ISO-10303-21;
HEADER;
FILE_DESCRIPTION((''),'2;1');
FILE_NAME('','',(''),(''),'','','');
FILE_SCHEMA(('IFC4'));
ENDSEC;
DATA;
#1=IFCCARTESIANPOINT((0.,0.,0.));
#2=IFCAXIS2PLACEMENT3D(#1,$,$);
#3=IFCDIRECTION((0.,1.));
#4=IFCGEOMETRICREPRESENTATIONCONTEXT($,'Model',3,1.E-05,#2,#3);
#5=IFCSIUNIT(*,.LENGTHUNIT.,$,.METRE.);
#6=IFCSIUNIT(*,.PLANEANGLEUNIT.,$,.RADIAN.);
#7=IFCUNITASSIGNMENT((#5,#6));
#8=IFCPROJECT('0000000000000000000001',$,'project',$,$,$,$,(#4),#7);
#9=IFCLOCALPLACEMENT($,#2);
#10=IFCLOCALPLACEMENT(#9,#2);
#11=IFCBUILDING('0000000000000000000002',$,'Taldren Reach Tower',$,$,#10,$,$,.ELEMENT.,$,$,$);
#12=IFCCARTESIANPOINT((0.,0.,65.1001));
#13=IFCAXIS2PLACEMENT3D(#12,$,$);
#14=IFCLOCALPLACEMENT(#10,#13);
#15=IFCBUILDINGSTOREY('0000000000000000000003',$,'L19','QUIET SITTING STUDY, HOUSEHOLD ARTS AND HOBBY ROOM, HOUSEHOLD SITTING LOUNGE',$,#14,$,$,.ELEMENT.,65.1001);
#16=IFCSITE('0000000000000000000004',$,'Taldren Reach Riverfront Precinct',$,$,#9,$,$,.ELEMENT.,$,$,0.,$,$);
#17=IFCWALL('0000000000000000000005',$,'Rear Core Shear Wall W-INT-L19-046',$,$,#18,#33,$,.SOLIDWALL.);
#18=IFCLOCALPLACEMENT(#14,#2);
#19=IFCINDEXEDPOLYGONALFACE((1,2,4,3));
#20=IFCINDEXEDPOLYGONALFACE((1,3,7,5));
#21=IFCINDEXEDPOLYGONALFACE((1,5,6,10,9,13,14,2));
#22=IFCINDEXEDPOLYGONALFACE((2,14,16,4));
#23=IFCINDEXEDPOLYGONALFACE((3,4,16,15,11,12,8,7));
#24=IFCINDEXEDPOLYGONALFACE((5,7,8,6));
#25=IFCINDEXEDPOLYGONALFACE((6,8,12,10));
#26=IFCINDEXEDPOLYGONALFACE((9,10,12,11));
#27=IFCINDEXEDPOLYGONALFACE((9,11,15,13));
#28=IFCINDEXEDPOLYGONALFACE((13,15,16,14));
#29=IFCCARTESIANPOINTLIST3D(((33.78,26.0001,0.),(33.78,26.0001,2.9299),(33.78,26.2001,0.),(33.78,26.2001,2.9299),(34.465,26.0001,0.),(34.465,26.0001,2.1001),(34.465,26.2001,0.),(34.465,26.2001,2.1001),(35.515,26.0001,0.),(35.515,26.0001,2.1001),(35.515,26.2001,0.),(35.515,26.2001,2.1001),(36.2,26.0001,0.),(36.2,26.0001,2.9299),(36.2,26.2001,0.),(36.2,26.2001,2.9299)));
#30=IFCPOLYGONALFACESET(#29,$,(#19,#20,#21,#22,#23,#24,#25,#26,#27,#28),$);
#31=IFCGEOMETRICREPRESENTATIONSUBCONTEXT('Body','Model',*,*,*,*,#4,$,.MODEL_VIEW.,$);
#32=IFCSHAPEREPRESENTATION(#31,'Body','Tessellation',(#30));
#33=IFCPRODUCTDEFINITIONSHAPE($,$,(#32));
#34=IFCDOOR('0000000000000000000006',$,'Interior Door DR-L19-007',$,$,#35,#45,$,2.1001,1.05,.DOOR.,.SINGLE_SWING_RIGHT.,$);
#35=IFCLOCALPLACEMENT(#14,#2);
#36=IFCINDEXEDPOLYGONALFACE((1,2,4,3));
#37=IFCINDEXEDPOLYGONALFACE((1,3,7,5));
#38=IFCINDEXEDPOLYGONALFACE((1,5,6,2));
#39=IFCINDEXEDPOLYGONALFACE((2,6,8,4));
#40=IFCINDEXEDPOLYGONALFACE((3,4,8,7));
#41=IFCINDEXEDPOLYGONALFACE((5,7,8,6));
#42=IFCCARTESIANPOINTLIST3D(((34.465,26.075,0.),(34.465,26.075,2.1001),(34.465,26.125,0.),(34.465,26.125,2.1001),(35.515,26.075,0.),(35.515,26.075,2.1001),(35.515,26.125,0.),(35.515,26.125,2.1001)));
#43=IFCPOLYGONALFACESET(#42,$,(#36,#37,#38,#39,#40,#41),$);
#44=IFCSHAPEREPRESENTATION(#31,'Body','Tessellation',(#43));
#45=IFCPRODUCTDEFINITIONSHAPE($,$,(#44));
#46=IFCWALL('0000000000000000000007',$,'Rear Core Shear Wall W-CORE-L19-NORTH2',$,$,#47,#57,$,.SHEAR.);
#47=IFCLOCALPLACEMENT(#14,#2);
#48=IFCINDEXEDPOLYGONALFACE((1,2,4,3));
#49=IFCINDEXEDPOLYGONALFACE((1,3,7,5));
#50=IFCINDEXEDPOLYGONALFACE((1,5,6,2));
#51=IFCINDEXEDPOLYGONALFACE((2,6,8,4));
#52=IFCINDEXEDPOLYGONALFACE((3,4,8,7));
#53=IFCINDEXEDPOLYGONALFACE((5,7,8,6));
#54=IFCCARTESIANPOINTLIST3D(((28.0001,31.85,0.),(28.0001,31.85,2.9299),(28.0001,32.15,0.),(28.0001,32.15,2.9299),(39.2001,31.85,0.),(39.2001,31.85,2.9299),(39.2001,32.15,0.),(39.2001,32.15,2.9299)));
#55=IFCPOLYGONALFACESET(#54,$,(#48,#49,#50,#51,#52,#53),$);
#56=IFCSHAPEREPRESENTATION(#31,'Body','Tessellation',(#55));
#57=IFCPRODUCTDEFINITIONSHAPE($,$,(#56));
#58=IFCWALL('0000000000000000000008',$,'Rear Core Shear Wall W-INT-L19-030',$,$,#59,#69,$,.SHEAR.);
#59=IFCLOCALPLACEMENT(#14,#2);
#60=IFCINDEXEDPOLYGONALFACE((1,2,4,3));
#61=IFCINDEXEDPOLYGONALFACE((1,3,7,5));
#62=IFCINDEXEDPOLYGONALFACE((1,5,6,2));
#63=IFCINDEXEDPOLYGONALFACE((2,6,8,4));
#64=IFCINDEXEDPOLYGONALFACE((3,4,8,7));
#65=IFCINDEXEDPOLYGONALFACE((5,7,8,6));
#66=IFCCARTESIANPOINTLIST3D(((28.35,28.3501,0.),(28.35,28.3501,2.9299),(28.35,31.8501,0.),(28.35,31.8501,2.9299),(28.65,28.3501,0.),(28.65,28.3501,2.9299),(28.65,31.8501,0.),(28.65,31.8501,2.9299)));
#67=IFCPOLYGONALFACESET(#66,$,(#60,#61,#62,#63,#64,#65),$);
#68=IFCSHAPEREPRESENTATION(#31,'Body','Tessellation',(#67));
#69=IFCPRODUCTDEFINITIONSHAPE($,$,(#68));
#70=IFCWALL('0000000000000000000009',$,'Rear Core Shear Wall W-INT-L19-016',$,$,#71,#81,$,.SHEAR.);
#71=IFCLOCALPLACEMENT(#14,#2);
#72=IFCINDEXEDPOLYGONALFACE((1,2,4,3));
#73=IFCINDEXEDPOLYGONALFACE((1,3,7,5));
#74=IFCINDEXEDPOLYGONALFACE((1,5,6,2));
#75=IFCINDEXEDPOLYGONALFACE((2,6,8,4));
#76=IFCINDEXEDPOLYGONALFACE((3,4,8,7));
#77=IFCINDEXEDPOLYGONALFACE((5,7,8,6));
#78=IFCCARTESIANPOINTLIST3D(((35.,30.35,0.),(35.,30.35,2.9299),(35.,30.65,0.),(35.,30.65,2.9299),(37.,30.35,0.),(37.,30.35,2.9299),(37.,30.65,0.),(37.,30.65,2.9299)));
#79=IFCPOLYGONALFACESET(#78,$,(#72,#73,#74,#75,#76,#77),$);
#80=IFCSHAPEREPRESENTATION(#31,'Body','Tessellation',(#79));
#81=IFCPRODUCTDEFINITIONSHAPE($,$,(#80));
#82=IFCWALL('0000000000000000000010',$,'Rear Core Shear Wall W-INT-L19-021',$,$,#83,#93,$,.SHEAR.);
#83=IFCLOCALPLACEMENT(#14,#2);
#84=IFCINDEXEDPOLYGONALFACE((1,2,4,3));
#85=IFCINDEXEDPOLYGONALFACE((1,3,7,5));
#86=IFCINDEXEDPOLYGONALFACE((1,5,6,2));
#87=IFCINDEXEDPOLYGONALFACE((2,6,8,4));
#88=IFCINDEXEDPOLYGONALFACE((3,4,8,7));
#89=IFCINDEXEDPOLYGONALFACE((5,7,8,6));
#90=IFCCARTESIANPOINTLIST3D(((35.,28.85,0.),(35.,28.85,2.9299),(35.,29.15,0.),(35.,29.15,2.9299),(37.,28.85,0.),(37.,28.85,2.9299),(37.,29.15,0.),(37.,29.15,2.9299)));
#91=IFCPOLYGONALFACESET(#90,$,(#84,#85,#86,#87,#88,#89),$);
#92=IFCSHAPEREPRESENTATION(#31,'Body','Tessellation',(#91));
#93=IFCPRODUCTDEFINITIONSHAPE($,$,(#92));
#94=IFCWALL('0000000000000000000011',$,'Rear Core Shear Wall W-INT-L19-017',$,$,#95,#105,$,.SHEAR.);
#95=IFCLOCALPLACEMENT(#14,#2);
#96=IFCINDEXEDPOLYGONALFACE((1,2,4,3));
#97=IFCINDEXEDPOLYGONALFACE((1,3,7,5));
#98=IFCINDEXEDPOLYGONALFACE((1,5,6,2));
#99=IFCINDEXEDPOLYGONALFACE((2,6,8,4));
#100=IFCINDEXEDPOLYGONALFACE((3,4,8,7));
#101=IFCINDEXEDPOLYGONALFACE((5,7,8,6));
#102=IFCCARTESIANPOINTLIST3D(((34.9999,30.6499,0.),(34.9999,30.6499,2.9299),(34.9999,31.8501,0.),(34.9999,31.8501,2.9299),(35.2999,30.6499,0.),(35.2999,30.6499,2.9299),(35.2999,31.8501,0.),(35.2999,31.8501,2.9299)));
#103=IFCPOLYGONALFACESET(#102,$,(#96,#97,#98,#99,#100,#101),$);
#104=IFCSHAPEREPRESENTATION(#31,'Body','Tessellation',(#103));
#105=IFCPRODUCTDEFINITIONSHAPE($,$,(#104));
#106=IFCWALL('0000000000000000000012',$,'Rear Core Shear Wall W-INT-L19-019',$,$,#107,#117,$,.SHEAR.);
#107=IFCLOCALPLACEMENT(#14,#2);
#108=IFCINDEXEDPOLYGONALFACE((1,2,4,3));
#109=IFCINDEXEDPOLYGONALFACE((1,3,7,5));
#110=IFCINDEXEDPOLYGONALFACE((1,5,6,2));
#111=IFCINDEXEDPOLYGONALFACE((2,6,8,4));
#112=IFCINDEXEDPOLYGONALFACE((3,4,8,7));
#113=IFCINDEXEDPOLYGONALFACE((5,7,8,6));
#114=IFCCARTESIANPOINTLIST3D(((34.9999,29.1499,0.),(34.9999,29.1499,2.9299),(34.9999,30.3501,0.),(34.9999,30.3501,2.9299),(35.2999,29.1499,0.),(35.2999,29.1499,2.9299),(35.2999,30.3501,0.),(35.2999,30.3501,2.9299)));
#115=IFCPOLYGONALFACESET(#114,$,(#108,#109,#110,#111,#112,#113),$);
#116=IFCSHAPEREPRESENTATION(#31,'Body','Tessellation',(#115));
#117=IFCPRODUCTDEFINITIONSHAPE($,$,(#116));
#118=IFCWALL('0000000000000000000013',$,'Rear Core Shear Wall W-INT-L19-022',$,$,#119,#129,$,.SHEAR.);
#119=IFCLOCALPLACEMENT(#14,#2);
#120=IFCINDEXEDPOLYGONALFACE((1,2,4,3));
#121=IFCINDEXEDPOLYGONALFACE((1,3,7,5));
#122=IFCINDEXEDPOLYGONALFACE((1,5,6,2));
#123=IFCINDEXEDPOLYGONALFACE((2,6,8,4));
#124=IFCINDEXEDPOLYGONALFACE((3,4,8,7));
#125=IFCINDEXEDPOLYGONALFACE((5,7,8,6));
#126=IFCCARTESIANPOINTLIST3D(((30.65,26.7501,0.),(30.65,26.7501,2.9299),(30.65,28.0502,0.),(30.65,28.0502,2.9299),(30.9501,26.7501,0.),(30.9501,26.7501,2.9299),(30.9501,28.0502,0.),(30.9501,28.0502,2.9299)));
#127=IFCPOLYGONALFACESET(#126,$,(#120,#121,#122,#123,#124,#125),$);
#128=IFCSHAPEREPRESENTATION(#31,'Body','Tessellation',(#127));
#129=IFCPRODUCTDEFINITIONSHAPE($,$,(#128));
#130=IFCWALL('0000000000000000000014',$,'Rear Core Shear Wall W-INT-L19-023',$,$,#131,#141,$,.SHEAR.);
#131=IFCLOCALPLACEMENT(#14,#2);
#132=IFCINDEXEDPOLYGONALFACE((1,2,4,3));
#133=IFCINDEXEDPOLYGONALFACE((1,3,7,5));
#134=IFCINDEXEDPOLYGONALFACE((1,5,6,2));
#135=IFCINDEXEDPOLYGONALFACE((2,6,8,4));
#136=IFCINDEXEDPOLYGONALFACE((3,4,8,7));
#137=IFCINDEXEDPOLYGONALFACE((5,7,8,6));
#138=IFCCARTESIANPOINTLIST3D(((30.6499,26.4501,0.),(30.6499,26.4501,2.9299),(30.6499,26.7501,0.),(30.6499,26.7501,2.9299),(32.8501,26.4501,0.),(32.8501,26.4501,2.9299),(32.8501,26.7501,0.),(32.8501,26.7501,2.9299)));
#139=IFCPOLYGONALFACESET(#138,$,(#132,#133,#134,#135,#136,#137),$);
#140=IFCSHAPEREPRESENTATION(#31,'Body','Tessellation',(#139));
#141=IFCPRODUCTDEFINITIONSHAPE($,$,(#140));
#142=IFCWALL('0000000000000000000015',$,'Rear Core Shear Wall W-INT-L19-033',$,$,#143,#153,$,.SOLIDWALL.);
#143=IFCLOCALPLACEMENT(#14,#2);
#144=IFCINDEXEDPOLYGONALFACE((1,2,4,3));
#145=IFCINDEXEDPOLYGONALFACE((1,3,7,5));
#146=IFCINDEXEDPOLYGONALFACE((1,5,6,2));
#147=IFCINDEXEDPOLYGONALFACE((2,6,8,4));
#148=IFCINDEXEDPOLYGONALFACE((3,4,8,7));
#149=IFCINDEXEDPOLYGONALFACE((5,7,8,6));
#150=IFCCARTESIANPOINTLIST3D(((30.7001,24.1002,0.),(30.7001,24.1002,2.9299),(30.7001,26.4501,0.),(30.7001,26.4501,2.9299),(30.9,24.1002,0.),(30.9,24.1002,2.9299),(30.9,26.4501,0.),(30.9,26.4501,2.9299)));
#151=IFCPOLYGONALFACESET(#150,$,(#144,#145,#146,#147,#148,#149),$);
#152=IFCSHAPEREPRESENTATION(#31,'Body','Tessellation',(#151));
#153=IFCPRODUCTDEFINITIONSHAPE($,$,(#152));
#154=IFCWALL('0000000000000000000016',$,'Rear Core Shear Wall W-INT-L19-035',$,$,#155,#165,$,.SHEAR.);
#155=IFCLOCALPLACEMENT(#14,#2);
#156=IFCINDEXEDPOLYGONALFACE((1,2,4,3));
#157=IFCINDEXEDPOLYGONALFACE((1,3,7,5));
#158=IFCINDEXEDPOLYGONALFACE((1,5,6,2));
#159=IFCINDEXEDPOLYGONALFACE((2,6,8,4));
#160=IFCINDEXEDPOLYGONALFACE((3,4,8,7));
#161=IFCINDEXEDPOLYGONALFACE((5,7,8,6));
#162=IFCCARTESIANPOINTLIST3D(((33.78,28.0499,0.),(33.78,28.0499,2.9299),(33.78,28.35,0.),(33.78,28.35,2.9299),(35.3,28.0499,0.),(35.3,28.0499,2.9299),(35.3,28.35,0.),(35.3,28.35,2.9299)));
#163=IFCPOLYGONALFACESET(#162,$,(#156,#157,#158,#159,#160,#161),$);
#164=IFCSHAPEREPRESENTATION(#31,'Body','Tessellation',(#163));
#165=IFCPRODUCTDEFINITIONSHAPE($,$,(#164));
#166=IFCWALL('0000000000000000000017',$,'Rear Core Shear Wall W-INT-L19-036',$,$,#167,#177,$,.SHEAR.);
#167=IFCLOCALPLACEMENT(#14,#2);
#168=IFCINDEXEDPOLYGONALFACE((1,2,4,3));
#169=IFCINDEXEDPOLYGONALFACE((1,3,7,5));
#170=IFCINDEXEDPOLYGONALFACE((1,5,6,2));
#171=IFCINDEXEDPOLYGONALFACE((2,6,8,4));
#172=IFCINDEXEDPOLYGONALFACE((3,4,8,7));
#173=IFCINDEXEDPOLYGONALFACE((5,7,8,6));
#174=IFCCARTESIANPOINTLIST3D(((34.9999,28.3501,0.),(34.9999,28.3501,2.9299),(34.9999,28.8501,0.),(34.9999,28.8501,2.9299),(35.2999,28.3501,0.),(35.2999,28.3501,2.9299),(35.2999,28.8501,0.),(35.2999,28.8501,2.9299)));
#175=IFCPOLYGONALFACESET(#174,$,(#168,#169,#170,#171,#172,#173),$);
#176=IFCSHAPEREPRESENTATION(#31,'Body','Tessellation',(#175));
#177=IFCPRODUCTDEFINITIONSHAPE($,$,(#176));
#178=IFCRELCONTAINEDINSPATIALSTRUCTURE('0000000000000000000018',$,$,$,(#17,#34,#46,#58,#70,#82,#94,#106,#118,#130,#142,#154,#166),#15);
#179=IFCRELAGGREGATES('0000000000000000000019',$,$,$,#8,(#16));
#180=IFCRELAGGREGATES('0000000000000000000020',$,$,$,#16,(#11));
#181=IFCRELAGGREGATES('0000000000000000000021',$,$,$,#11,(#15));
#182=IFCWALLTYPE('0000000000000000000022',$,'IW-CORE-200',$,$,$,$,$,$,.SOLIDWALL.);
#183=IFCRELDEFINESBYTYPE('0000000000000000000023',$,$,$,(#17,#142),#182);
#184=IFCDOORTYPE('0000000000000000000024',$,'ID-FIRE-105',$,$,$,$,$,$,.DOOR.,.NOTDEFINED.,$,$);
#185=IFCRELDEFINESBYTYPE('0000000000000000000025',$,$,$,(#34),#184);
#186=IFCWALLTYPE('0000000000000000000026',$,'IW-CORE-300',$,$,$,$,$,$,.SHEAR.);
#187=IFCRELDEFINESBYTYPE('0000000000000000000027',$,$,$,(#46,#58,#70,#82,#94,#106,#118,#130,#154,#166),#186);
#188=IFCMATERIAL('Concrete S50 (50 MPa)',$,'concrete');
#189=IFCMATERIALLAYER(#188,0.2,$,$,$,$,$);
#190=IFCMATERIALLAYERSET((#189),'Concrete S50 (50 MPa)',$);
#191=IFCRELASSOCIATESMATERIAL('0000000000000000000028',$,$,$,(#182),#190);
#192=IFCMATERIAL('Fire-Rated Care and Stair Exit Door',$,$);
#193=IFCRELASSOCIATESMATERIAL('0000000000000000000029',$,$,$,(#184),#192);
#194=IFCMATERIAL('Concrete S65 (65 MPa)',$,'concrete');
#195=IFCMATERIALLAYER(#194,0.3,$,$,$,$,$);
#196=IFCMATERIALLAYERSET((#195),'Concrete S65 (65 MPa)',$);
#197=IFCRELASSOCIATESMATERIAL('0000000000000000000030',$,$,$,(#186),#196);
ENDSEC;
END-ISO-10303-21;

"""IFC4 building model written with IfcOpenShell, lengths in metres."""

from ifc_helpers import new_model, si_unit, direction, frame, frame_2d, origin, place, context, subcontext, project, spatial, rectangle, extrude, source, transform, mapped, material, layer, layer_set, type_object, element, fill, save


model = new_model("IFC4")

# Units and contexts
model_context = context("Model", 3, precision=1e-05, world=origin(), true_north=direction((0.0, 1.0)))
body_context = subcontext(model_context, "Body", "Model", "MODEL_VIEW")
ifc_project = project(units=[si_unit("LENGTHUNIT", "METRE"), si_unit("PLANEANGLEUNIT", "RADIAN")], contexts=[model_context])

# Site, building, storey
site_placement = place(None, origin())
site = spatial("IfcSite", under=ifc_project, at=site_placement, Name="Taldren Reach Riverfront Precinct", CompositionType="ELEMENT", RefElevation=0.0)
building_placement = place(site_placement, origin())
building = spatial("IfcBuilding", under=site, at=building_placement, Name="Taldren Reach Tower", CompositionType="ELEMENT")
storey_placement = place(building_placement, frame((0.0, 0.0, 65.1001)))
storey = spatial("IfcBuildingStorey", under=building, at=storey_placement, Name="L19", Description="QUIET SITTING STUDY, HOUSEHOLD ARTS AND HOBBY ROOM, HOUSEHOLD SITTING LOUNGE", CompositionType="ELEMENT", Elevation=65.1001)

# Shared definitions
ifc_material_1 = material(Name="Concrete S65 (65 MPa)", Category="concrete")

# Shared definitions
ifc_material_2 = material(Name="Concrete S50 (50 MPa)", Category="concrete")
ifc_layer_1 = layer(ifc_material_2, 0.2)
ifc_layer_set_1 = layer_set([ifc_layer_1], Name="Concrete S50 (50 MPa)")
wall_type_1 = type_object("IfcWallType", Name="IW-CORE-200", PredefinedType="SOLIDWALL", material=ifc_layer_set_1)
shared_shape_1 = source(origin(), body_context, "Body", "SweptSolid", [
    extrude(rectangle(XDim=1.05, YDim=2.1001, at=frame_2d((0.5249, 1.05))), frame((0.0, 0.1099, 0.0), z_axis=(0.0, -1.0, 0.0), x_axis=(1.0, 0.0, 0.0)), (0.0, 0.0, 1.0), 0.22),
])
ifc_material_3 = material(Name="Fire-Rated Care and Stair Exit Door")
door_type_1 = type_object("IfcDoorType", Name="ID-FIRE-105", OperationType="NOTDEFINED", PredefinedType="DOOR", material=ifc_material_3)
shared_shape_2 = source(origin(), body_context, "Body", "SweptSolid", [
    extrude(rectangle(XDim=1.05, YDim=2.1001, at=frame_2d((0.5249, 1.05))), frame((0.0, 0.0249, 0.0), z_axis=(0.0, -1.0, 0.0), x_axis=(1.0, 0.0, 0.0)), (0.0, 0.0, 1.0), 0.05),
])

# Wall, opening, door
shared_shape_3 = source(origin(), body_context, "Body", "SweptSolid", [
    extrude(rectangle(XDim=2.4199, YDim=0.2, at=frame_2d((1.21, 0.0))), origin(), (0.0, 0.0, 1.0), 2.9299),
])
wall_1_placement = place(storey_placement, frame((33.78, 26.1001, 0.0), z_axis=(0.0, 0.0, 1.0), x_axis=(1.0, 0.0, 0.0)))
wall_1 = element("IfcWall", 1, at=wall_1_placement, inside=storey, type_object=wall_type_1, Name="Rear Core Shear Wall W-INT-L19-046", PredefinedType="SOLIDWALL", context=body_context, shape_type="MappedRepresentation", body=[
    mapped(shared_shape_3, transform((0.0, 0.0, 0.0), scale=1.0)),
])
opening_1_placement = place(wall_1_placement, frame((0.6851, 0.0, 0.0)))
opening_1 = element("IfcOpeningElement", 2, at=opening_1_placement, cuts=wall_1, PredefinedType="OPENING", context=body_context, shape_type="MappedRepresentation", body=[
    mapped(shared_shape_1, transform((0.0, 0.0, 0.0), scale=1.0)),
])
door_1_placement = place(opening_1_placement, origin())
door_1 = element("IfcDoor", 3, at=door_1_placement, inside=storey, type_object=door_type_1, Name="Interior Door DR-L19-007", OperationType="SINGLE_SWING_RIGHT", OverallHeight=2.1001, OverallWidth=1.05, PredefinedType="DOOR", context=body_context, shape_type="MappedRepresentation", body=[
    mapped(shared_shape_2, transform((0.0, 0.0, 0.0), scale=1.0)),
])
fill(opening_1, door_1)

# Walls
ifc_layer_2 = layer(ifc_material_1, 0.3)
ifc_layer_set_2 = layer_set([ifc_layer_2], Name="Concrete S65 (65 MPa)")
wall_type_2 = type_object("IfcWallType", Name="IW-CORE-300", PredefinedType="SHEAR", material=ifc_layer_set_2)
shared_shape_4 = source(origin(), body_context, "Body", "SweptSolid", [
    extrude(rectangle(XDim=11.2, YDim=0.3, at=frame_2d((5.6001, 0.0))), origin(), (0.0, 0.0, 1.0), 2.9299),
])
wall_2_placement = place(storey_placement, frame((28.0, 32.0, 0.0), z_axis=(0.0, 0.0, 1.0), x_axis=(1.0, 0.0, 0.0)))
element("IfcWall", 4, at=wall_2_placement, inside=storey, type_object=wall_type_2, Name="Rear Core Shear Wall W-CORE-L19-NORTH2", PredefinedType="SHEAR", context=body_context, shape_type="MappedRepresentation", body=[
    mapped(shared_shape_4, transform((0.0, 0.0, 0.0), scale=1.0)),
])
shared_shape_5 = source(origin(), body_context, "Body", "SweptSolid", [
    extrude(rectangle(XDim=3.5, YDim=0.3, at=frame_2d((1.75, 0.0))), origin(), (0.0, 0.0, 1.0), 2.9299),
])
wall_3_placement = place(storey_placement, frame((28.5, 28.3501, 0.0), z_axis=(0.0, 0.0, 1.0), x_axis=(0.0, 1.0, 0.0)))
element("IfcWall", 5, at=wall_3_placement, inside=storey, type_object=wall_type_2, Name="Rear Core Shear Wall W-INT-L19-030", PredefinedType="SHEAR", context=body_context, shape_type="MappedRepresentation", body=[
    mapped(shared_shape_5, transform((0.0, 0.0, 0.0), scale=1.0)),
])
shared_shape_6 = source(origin(), body_context, "Body", "SweptSolid", [
    extrude(rectangle(XDim=2.0, YDim=0.3, at=frame_2d((1.0, 0.0))), origin(), (0.0, 0.0, 1.0), 2.9299),
])
for number, where, z_axis, x_axis, name in (
    (6, (35.0, 30.5, 0.0), (0.0, 0.0, 1.0), (1.0, 0.0, 0.0), "Rear Core Shear Wall W-INT-L19-016"),
    (7, (35.0, 29.0, 0.0), (0.0, 0.0, 1.0), (1.0, 0.0, 0.0), "Rear Core Shear Wall W-INT-L19-021"),
):
    element("IfcWall", number, at=place(storey_placement, frame(where, z_axis=z_axis, x_axis=x_axis)), inside=storey, type_object=wall_type_2, Name=name, PredefinedType="SHEAR", context=body_context, shape_type="MappedRepresentation", body=[
        mapped(shared_shape_6, transform((0.0, 0.0, 0.0), scale=1.0)),
    ])
shared_shape_7 = source(origin(), body_context, "Body", "SweptSolid", [
    extrude(rectangle(XDim=1.2002, YDim=0.3, at=frame_2d((0.6001, 0.0))), origin(), (0.0, 0.0, 1.0), 2.9299),
])
for number, where, z_axis, x_axis, name in (
    (8, (35.1499, 31.8501, 0.0), (0.0, 0.0, 1.0), (0.0, -1.0, 0.0), "Rear Core Shear Wall W-INT-L19-017"),
    (9, (35.1499, 30.3501, 0.0), (0.0, 0.0, 1.0), (0.0, -1.0, 0.0), "Rear Core Shear Wall W-INT-L19-019"),
):
    element("IfcWall", number, at=place(storey_placement, frame(where, z_axis=z_axis, x_axis=x_axis)), inside=storey, type_object=wall_type_2, Name=name, PredefinedType="SHEAR", context=body_context, shape_type="MappedRepresentation", body=[
        mapped(shared_shape_7, transform((0.0, 0.0, 0.0), scale=1.0)),
    ])
shared_shape_8 = source(origin(), body_context, "Body", "SweptSolid", [
    extrude(rectangle(XDim=1.3, YDim=0.3, at=frame_2d((0.6499, 0.0))), origin(), (0.0, 0.0, 1.0), 2.9299),
])
wall_4_placement = place(storey_placement, frame((30.8, 28.05, 0.0), z_axis=(0.0, 0.0, 1.0), x_axis=(0.0, -1.0, 0.0)))
element("IfcWall", 10, at=wall_4_placement, inside=storey, type_object=wall_type_2, Name="Rear Core Shear Wall W-INT-L19-022", PredefinedType="SHEAR", context=body_context, shape_type="MappedRepresentation", body=[
    mapped(shared_shape_8, transform((0.0, 0.0, 0.0), scale=1.0)),
])
shared_shape_9 = source(origin(), body_context, "Body", "SweptSolid", [
    extrude(rectangle(XDim=2.2002, YDim=0.3, at=frame_2d((1.1001, 0.0))), origin(), (0.0, 0.0, 1.0), 2.9299),
])
wall_5_placement = place(storey_placement, frame((30.6499, 26.6001, 0.0), z_axis=(0.0, 0.0, 1.0), x_axis=(1.0, 0.0, 0.0)))
element("IfcWall", 11, at=wall_5_placement, inside=storey, type_object=wall_type_2, Name="Rear Core Shear Wall W-INT-L19-023", PredefinedType="SHEAR", context=body_context, shape_type="MappedRepresentation", body=[
    mapped(shared_shape_9, transform((0.0, 0.0, 0.0), scale=1.0)),
])

# Walls
shared_shape_10 = source(origin(), body_context, "Body", "SweptSolid", [
    extrude(rectangle(XDim=2.3499, YDim=0.2, at=frame_2d((1.1748, 0.0))), origin(), (0.0, 0.0, 1.0), 2.9299),
])
wall_6_placement = place(storey_placement, frame((30.8, 26.45, 0.0), z_axis=(0.0, 0.0, 1.0), x_axis=(0.0, -1.0, 0.0)))
element("IfcWall", 12, at=wall_6_placement, inside=storey, type_object=wall_type_1, Name="Rear Core Shear Wall W-INT-L19-033", PredefinedType="SOLIDWALL", context=body_context, shape_type="MappedRepresentation", body=[
    mapped(shared_shape_10, transform((0.0, 0.0, 0.0), scale=1.0)),
])
shared_shape_11 = source(origin(), body_context, "Body", "SweptSolid", [
    extrude(rectangle(XDim=1.52, YDim=0.3, at=frame_2d((0.76, 0.0))), origin(), (0.0, 0.0, 1.0), 2.9299),
])
wall_7_placement = place(storey_placement, frame((33.78, 28.2, 0.0), z_axis=(0.0, 0.0, 1.0), x_axis=(1.0, 0.0, 0.0)))
element("IfcWall", 13, at=wall_7_placement, inside=storey, type_object=wall_type_2, Name="Rear Core Shear Wall W-INT-L19-035", PredefinedType="SHEAR", context=body_context, shape_type="MappedRepresentation", body=[
    mapped(shared_shape_11, transform((0.0, 0.0, 0.0), scale=1.0)),
])
shared_shape_12 = source(origin(), body_context, "Body", "SweptSolid", [
    extrude(rectangle(XDim=0.5, YDim=0.3, at=frame_2d((0.25, 0.0))), origin(), (0.0, 0.0, 1.0), 2.9299),
])
wall_8_placement = place(storey_placement, frame((35.1499, 28.3501, 0.0), z_axis=(0.0, 0.0, 1.0), x_axis=(0.0, 1.0, 0.0)))
element("IfcWall", 14, at=wall_8_placement, inside=storey, type_object=wall_type_2, Name="Rear Core Shear Wall W-INT-L19-036", PredefinedType="SHEAR", context=body_context, shape_type="MappedRepresentation", body=[
    mapped(shared_shape_12, transform((0.0, 0.0, 0.0), scale=1.0)),
])

save(model, "model.ifc")
